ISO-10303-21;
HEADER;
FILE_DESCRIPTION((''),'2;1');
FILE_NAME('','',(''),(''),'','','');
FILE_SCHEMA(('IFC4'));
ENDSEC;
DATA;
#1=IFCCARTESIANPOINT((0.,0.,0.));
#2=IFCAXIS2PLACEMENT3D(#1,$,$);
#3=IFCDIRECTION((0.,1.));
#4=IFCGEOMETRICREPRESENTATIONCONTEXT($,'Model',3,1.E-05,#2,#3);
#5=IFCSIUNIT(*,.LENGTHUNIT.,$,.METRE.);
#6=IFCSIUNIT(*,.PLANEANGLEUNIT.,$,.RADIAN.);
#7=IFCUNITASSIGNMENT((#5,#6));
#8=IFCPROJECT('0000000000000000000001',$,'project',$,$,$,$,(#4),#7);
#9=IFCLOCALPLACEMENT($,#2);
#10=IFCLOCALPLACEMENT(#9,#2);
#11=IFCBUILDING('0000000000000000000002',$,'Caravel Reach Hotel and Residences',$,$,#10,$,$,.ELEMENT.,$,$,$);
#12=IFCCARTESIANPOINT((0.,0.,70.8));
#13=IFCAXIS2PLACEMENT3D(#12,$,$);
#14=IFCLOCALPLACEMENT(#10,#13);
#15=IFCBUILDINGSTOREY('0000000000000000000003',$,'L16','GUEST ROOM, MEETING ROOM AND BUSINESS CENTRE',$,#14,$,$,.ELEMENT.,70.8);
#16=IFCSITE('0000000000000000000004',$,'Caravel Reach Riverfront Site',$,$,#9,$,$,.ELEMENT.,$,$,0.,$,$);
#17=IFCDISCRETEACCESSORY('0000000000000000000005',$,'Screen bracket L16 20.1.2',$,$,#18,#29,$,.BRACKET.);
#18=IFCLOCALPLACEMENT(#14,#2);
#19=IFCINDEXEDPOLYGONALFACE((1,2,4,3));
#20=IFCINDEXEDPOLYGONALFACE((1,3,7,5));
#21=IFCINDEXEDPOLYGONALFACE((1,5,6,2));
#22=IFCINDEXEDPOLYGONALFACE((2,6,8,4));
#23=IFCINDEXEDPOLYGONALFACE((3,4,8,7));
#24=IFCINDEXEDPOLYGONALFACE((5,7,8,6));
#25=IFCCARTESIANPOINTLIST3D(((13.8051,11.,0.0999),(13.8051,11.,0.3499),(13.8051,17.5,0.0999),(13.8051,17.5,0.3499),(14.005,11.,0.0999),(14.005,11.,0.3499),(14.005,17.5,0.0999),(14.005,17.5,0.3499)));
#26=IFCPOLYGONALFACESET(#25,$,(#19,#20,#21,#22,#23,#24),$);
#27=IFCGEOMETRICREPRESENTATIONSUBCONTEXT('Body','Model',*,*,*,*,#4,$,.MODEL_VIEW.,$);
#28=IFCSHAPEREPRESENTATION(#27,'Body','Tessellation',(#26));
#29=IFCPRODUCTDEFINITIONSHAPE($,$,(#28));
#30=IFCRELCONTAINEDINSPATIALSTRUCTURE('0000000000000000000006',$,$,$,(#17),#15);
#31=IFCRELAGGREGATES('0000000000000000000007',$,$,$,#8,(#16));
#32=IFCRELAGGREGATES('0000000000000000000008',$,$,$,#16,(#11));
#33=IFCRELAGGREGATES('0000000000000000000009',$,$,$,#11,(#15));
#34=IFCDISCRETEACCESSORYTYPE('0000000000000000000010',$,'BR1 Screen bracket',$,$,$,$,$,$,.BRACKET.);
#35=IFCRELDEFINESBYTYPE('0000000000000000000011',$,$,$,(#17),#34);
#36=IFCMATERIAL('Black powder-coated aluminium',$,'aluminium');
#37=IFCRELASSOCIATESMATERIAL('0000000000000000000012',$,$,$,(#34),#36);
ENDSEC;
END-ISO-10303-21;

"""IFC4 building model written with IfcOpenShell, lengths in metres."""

from ifc_helpers import new_model, si_unit, direction, frame, origin, origin_2d, place, context, subcontext, project, spatial, rectangle, extrude, material, type_object, element, save


model = new_model("IFC4")

# Units and contexts
model_context = context("Model", 3, precision=1e-05, world=origin(), true_north=direction((0.0, 1.0)))
body_context = subcontext(model_context, "Body", "Model", "MODEL_VIEW")
ifc_project = project(units=[si_unit("LENGTHUNIT", "METRE"), si_unit("PLANEANGLEUNIT", "RADIAN")], contexts=[model_context])

# Site, building, storey
site_placement = place(None, origin())
site = spatial("IfcSite", under=ifc_project, at=site_placement, Name="Caravel Reach Riverfront Site", CompositionType="ELEMENT", RefElevation=0.0)
building_placement = place(site_placement, origin())
building = spatial("IfcBuilding", under=site, at=building_placement, Name="Caravel Reach Hotel and Residences", CompositionType="ELEMENT")
storey_placement = place(building_placement, frame((0.0, 0.0, 70.8)))
storey = spatial("IfcBuildingStorey", under=building, at=storey_placement, Name="L16", Description="GUEST ROOM, MEETING ROOM AND BUSINESS CENTRE", CompositionType="ELEMENT", Elevation=70.8)

# Discrete accessory
ifc_material_1 = material(Name="Black powder-coated aluminium", Category="aluminium")
discrete_accessory_type = type_object("IfcDiscreteAccessoryType", Name="BR1 Screen bracket", PredefinedType="BRACKET", material=ifc_material_1)
discrete_accessory_1_placement = place(storey_placement, frame((13.905, 14.25, 0.0999), z_axis=(0.0, 0.0, 1.0), x_axis=(0.0, -1.0, 0.0)))
element("IfcDiscreteAccessory", 1, at=discrete_accessory_1_placement, inside=storey, type_object=discrete_accessory_type, Name="Screen bracket L16 20.1.2", PredefinedType="BRACKET", context=body_context, shape_type="SweptSolid", body=[
    extrude(rectangle(XDim=6.5, YDim=0.2, at=origin_2d()), origin(), (0.0, 0.0, 1.0), 0.25),
])

save(model, "model.ifc")
